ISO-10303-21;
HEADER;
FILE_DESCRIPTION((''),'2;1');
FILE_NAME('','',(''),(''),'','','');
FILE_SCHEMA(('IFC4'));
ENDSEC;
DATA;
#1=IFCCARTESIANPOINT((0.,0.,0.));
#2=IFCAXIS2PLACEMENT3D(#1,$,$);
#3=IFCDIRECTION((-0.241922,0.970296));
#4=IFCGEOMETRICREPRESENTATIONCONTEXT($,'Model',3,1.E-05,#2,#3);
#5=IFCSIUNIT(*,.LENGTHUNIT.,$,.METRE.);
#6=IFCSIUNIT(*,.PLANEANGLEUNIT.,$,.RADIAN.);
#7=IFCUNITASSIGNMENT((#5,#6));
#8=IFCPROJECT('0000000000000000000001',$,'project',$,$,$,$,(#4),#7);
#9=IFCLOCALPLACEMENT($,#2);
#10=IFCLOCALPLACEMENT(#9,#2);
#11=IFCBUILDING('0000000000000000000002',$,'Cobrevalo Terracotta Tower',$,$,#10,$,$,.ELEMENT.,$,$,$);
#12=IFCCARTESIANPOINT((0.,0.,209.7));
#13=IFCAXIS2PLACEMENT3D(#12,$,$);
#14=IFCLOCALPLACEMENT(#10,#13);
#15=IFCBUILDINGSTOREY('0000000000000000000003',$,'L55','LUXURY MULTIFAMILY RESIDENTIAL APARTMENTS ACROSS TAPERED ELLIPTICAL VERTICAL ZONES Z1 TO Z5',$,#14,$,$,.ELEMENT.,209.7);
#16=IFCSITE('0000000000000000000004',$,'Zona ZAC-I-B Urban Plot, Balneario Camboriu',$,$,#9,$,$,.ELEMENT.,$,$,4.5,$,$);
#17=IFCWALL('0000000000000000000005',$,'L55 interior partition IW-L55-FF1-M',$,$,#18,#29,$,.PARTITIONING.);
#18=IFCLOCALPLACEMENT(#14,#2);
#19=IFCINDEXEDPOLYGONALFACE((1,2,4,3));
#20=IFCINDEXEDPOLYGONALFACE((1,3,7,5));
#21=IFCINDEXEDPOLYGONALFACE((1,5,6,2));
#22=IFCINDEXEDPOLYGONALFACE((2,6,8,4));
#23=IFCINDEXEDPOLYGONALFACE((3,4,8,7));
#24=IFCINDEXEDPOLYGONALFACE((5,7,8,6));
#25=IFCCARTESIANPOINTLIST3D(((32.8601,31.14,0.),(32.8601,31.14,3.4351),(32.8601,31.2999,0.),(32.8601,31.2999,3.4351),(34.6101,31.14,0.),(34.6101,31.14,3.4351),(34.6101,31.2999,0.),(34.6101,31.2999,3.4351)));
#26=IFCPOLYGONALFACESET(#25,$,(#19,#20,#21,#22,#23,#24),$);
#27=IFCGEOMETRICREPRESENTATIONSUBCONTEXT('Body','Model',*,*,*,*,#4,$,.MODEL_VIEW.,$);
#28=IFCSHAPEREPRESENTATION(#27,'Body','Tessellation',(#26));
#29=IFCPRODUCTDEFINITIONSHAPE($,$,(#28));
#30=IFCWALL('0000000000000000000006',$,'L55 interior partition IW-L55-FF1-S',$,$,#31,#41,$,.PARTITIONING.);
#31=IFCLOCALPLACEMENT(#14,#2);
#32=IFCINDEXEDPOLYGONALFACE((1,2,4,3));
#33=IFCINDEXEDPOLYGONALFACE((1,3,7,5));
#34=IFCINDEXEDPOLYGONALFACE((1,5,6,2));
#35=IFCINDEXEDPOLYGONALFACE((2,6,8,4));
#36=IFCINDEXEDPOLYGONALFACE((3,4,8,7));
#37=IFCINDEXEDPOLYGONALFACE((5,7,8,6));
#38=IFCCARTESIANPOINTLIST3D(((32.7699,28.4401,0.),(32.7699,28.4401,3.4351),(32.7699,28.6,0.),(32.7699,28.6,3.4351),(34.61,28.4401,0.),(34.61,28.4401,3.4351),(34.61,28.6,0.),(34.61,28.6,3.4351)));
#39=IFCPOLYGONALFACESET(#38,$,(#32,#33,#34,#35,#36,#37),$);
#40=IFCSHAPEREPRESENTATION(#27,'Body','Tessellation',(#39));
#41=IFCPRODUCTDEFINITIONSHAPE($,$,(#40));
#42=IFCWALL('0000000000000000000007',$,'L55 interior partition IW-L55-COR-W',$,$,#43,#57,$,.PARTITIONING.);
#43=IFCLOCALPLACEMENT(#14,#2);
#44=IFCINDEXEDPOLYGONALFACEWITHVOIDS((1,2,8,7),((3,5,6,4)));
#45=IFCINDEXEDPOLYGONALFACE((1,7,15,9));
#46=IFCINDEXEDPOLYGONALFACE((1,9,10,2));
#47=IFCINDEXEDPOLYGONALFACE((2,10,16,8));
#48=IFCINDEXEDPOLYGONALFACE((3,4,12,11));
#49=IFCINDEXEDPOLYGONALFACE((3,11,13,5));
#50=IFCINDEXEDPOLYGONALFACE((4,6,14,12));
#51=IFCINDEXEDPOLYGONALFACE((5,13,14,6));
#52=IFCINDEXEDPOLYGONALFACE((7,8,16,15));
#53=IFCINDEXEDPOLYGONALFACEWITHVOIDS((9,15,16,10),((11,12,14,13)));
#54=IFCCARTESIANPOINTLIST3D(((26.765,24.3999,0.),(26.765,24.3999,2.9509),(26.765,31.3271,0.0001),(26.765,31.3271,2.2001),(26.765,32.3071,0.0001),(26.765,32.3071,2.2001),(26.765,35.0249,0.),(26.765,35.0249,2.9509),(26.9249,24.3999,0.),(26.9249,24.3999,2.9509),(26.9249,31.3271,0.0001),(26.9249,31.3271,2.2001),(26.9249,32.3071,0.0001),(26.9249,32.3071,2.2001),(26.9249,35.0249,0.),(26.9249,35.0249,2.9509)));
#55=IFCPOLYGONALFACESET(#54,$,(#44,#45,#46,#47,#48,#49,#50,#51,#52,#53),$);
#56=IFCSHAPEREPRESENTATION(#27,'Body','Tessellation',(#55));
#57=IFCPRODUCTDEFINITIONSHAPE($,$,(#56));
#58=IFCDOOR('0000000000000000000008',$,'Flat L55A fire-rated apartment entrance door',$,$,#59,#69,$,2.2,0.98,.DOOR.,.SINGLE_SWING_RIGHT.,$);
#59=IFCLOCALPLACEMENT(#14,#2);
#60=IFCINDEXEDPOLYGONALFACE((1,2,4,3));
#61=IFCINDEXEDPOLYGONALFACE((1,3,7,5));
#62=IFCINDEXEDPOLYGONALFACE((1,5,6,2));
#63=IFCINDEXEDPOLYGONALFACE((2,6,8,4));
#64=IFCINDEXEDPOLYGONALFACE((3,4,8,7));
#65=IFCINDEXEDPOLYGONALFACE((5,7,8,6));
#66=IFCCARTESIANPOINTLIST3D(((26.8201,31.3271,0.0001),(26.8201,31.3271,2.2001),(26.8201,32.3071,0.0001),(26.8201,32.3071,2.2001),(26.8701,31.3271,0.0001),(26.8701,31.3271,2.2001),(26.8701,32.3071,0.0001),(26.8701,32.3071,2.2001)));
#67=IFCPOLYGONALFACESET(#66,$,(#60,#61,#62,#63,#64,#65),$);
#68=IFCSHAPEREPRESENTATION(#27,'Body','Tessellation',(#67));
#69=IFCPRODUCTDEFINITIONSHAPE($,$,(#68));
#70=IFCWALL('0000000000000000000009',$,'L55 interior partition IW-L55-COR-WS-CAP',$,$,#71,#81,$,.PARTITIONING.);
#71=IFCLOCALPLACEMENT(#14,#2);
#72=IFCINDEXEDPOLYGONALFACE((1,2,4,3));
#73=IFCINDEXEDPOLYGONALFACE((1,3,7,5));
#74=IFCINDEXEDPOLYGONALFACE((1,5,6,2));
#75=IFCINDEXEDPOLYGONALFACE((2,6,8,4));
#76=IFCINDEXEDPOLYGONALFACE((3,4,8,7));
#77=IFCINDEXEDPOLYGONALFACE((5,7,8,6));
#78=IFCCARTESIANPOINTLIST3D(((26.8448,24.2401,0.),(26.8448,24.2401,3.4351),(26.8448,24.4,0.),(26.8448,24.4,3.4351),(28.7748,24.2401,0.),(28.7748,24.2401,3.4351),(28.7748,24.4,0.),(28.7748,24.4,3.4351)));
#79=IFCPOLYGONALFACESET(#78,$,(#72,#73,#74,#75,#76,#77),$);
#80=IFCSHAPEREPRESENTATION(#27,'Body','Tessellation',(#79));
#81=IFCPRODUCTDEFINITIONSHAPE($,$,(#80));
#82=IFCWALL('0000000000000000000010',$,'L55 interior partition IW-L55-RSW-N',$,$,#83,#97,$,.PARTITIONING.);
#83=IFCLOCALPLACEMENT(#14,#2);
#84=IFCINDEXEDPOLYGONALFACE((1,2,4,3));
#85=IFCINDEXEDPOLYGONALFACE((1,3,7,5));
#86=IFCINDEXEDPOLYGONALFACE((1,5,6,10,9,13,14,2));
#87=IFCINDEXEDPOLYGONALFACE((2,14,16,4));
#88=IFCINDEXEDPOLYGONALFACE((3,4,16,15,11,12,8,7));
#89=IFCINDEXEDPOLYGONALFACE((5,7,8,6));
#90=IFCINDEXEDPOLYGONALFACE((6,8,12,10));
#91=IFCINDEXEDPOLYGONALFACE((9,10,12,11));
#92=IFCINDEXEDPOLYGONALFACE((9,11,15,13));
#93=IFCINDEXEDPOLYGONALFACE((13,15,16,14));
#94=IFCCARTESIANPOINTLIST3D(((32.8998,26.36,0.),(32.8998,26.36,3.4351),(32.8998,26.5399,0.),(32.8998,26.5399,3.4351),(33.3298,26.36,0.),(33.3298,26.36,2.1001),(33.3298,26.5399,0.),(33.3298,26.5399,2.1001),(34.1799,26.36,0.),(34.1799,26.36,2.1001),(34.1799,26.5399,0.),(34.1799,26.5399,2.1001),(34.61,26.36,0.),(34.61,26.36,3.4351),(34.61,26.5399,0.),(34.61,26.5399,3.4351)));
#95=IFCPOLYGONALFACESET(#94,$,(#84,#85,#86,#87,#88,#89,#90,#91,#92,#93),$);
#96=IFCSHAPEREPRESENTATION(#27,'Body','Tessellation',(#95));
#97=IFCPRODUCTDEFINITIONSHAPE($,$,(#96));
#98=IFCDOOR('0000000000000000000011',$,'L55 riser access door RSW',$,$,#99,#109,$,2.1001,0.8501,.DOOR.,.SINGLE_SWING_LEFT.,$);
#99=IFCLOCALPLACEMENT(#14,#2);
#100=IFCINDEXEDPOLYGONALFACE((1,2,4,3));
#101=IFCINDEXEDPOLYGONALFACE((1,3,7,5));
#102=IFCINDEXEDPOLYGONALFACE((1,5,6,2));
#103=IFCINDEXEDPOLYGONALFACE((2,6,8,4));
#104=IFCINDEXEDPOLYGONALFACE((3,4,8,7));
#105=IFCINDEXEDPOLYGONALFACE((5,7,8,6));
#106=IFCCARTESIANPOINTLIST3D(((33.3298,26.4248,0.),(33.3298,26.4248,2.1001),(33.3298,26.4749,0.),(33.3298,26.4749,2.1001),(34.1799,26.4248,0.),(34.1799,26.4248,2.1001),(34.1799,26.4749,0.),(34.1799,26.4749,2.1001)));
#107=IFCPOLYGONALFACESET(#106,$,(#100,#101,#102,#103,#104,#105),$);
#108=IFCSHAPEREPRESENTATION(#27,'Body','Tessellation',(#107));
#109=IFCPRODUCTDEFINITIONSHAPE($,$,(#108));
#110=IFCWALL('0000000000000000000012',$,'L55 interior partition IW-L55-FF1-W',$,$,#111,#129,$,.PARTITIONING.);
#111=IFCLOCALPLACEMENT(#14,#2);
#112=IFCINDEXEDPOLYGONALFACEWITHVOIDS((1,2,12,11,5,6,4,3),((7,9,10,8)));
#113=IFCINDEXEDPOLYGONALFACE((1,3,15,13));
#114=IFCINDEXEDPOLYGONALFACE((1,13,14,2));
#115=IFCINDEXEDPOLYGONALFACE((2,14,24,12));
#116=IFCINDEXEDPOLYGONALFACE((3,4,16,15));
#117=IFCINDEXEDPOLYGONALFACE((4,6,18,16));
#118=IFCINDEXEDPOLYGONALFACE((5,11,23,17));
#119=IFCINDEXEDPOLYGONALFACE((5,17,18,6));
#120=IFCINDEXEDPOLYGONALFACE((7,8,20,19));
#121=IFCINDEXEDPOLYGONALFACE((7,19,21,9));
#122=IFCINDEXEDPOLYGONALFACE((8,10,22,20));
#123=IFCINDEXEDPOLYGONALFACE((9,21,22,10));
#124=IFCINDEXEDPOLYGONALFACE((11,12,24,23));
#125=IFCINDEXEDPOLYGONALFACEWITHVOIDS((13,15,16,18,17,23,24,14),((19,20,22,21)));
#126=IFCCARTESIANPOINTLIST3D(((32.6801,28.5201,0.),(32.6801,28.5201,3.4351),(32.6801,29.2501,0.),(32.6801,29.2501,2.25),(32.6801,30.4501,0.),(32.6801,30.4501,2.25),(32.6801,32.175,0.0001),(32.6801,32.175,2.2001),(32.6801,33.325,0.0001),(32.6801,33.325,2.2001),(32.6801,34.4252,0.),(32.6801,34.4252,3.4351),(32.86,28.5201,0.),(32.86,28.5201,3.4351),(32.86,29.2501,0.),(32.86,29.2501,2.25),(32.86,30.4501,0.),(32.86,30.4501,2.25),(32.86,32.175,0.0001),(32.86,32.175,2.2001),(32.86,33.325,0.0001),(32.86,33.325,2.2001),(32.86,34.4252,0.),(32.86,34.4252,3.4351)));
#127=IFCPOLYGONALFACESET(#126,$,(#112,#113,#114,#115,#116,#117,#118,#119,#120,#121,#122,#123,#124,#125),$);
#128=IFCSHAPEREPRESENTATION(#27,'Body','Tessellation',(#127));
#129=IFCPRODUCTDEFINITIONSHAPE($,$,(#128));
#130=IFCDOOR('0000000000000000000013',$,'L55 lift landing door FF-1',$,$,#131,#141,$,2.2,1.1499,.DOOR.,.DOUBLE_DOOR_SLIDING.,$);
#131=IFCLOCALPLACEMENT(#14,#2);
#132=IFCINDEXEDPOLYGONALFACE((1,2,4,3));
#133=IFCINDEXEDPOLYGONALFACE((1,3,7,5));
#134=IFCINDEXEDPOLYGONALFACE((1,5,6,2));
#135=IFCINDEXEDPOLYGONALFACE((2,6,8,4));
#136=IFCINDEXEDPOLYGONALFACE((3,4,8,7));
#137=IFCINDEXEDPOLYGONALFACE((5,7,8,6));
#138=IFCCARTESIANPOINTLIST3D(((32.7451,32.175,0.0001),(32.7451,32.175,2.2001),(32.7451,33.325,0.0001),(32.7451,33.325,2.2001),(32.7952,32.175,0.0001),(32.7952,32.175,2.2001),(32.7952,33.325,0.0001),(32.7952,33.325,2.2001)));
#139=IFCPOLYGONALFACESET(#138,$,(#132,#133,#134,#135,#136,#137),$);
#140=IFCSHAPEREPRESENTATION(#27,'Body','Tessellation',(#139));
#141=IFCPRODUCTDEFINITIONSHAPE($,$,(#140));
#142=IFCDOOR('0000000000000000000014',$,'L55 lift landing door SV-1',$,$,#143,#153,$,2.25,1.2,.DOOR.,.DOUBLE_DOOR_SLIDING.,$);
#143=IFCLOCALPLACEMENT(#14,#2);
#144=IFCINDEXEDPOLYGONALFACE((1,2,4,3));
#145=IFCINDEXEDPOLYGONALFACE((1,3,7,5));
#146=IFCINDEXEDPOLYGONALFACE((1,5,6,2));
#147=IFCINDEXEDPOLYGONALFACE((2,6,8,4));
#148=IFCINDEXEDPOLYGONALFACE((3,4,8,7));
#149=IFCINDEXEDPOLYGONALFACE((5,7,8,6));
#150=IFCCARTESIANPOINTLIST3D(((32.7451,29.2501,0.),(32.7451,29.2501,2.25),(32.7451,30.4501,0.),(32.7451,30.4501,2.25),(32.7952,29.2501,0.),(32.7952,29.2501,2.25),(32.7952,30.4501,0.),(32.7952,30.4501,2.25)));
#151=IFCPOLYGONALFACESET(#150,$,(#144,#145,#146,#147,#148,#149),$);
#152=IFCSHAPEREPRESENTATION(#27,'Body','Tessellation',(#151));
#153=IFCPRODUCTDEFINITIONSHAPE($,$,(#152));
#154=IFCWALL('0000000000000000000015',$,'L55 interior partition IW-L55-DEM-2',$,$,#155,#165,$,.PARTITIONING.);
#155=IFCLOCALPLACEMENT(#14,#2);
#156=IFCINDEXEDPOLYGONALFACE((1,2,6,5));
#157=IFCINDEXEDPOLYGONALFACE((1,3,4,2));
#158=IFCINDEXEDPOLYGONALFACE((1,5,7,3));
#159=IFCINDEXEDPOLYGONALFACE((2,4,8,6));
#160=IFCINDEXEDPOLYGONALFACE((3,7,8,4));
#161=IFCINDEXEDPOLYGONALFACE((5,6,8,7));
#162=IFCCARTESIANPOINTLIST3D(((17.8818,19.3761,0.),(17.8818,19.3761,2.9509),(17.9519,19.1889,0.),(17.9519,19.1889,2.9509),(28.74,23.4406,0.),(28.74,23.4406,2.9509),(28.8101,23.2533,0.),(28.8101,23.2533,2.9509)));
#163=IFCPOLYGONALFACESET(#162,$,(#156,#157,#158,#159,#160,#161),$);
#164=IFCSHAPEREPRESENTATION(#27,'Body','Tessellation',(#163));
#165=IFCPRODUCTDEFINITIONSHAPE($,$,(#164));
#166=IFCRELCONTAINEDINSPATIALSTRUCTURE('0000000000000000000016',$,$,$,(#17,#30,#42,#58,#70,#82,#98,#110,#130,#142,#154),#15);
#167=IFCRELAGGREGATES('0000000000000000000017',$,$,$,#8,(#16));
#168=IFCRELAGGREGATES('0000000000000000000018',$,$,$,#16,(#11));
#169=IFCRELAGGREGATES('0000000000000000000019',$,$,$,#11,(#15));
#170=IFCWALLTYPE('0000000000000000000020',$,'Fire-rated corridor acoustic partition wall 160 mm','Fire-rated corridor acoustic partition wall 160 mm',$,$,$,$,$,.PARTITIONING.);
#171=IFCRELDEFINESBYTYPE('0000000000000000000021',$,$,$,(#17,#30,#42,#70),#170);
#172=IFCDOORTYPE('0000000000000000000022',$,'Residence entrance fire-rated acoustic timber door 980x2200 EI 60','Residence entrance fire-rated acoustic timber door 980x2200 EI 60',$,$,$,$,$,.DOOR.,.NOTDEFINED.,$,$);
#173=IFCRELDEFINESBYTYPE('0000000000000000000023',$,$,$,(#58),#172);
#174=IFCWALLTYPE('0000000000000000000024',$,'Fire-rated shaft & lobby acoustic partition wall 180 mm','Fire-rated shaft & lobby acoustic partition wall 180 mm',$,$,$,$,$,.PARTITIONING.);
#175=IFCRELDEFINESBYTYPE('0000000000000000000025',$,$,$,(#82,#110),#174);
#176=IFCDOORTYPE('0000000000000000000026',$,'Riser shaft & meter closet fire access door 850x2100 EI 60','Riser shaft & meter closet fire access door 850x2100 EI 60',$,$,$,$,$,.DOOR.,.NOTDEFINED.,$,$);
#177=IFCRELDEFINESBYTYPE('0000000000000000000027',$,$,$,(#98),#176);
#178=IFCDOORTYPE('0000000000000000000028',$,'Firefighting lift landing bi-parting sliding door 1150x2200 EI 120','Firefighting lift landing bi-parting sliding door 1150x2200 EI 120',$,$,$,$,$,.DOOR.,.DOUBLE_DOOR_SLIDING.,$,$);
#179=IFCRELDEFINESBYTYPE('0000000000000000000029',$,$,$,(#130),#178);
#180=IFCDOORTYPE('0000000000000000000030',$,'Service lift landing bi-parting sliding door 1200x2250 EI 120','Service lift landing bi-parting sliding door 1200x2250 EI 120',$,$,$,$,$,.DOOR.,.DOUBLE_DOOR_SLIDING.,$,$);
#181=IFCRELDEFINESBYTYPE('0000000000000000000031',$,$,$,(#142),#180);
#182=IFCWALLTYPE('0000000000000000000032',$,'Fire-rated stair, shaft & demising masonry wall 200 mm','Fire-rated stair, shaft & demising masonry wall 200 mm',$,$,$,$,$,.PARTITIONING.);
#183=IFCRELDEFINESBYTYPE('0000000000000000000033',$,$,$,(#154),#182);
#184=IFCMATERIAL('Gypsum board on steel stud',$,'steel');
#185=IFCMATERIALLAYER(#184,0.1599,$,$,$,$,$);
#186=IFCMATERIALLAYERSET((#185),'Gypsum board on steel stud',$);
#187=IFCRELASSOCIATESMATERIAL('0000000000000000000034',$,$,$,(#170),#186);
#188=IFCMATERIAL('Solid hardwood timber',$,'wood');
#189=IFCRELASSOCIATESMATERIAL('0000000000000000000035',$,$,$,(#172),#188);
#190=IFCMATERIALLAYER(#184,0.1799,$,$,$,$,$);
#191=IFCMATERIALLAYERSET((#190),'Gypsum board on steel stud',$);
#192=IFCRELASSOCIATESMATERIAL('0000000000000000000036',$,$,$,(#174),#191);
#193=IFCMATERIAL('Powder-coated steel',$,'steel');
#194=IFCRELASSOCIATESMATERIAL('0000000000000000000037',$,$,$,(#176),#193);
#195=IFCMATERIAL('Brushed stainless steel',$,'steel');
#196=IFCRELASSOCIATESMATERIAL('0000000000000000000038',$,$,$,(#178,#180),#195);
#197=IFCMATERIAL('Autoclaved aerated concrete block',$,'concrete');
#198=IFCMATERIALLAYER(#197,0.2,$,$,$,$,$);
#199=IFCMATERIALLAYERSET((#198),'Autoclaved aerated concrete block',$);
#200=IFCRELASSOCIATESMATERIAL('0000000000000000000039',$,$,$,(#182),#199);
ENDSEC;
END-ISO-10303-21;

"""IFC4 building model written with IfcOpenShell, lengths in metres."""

from ifc_helpers import new_model, si_unit, direction, frame, frame_2d, origin, place, context, subcontext, project, spatial, rectangle, extrude, source, transform, mapped, material, layer, layer_set, type_object, element, fill, save


model = new_model("IFC4")

# Units and contexts
model_context = context("Model", 3, precision=1e-05, world=origin(), true_north=direction((-0.241922, 0.970296)))
body_context = subcontext(model_context, "Body", "Model", "MODEL_VIEW")
ifc_project = project(units=[si_unit("LENGTHUNIT", "METRE"), si_unit("PLANEANGLEUNIT", "RADIAN")], contexts=[model_context])

# Site, building, storey
site_placement = place(None, origin())
site = spatial("IfcSite", under=ifc_project, at=site_placement, Name="Zona ZAC-I-B Urban Plot, Balneario Camboriu", CompositionType="ELEMENT", RefElevation=4.5)
building_placement = place(site_placement, origin())
building = spatial("IfcBuilding", under=site, at=building_placement, Name="Cobrevalo Terracotta Tower", CompositionType="ELEMENT")
storey_placement = place(building_placement, frame((0.0, 0.0, 209.7)))
storey = spatial("IfcBuildingStorey", under=building, at=storey_placement, Name="L55", Description="LUXURY MULTIFAMILY RESIDENTIAL APARTMENTS ACROSS TAPERED ELLIPTICAL VERTICAL ZONES Z1 TO Z5", CompositionType="ELEMENT", Elevation=209.7)

# Walls
ifc_material_1 = material(Name="Gypsum board on steel stud", Category="steel")
ifc_layer_1 = layer(ifc_material_1, 0.1599)
ifc_layer_set_1 = layer_set([ifc_layer_1], Name="Gypsum board on steel stud")
wall_type_1 = type_object("IfcWallType", Name="Fire-rated corridor acoustic partition wall 160 mm", Description="Fire-rated corridor acoustic partition wall 160 mm", PredefinedType="PARTITIONING", material=ifc_layer_set_1)
wall_1_placement = place(storey_placement, frame((32.8601, 31.22, 0.0), z_axis=(0.0, 0.0, 1.0), x_axis=(1.0, 0.0, 0.0)))
element("IfcWall", 1, at=wall_1_placement, inside=storey, type_object=wall_type_1, Name="L55 interior partition IW-L55-FF1-M", PredefinedType="PARTITIONING", context=body_context, shape_type="SweptSolid", body=[
    extrude(rectangle(XDim=1.75, YDim=0.1599, at=frame_2d((0.875, 0.0))), origin(), (0.0, 0.0, 1.0), 3.4351),
])
wall_2_placement = place(storey_placement, frame((32.77, 28.52, 0.0), z_axis=(0.0, 0.0, 1.0), x_axis=(1.0, 0.0, 0.0)))
element("IfcWall", 2, at=wall_2_placement, inside=storey, type_object=wall_type_1, Name="L55 interior partition IW-L55-FF1-S", PredefinedType="PARTITIONING", context=body_context, shape_type="SweptSolid", body=[
    extrude(rectangle(XDim=1.8401, YDim=0.1599, at=frame_2d((0.9199, 0.0))), origin(), (0.0, 0.0, 1.0), 3.4351),
])

# Wall, opening, door
wall_3_placement = place(storey_placement, frame((26.845, 24.3999, 0.0), z_axis=(0.0, 0.0, 1.0), x_axis=(0.0, 1.0, 0.0)))
wall_3 = element("IfcWall", 3, at=wall_3_placement, inside=storey, type_object=wall_type_1, Name="L55 interior partition IW-L55-COR-W", PredefinedType="PARTITIONING", context=body_context, shape_type="SweptSolid", body=[
    extrude(rectangle(XDim=10.625, YDim=0.1599, at=frame_2d((5.3125, 0.0))), origin(), (0.0, 0.0, 1.0), 2.9509),
])
opening_1_placement = place(wall_3_placement, frame((6.9272, 0.0, 0.0)))
opening_1 = element("IfcOpeningElement", 4, at=opening_1_placement, cuts=wall_3, PredefinedType="OPENING", context=body_context, shape_type="SweptSolid", body=[
    extrude(rectangle(XDim=0.98, YDim=2.2, at=frame_2d((0.49, 1.1001))), frame((0.0, 0.0898, 0.0), z_axis=(0.0, -1.0, 0.0), x_axis=(1.0, 0.0, 0.0)), (0.0, 0.0, 1.0), 0.1799),
])
ifc_material_2 = material(Name="Solid hardwood timber", Category="wood")
door_type_1 = type_object("IfcDoorType", Name="Residence entrance fire-rated acoustic timber door 980x2200 EI 60", Description="Residence entrance fire-rated acoustic timber door 980x2200 EI 60", OperationType="NOTDEFINED", PredefinedType="DOOR", material=ifc_material_2)
shared_shape_1 = source(origin(), body_context, "Body", "SweptSolid", [
    extrude(rectangle(XDim=0.98, YDim=2.2, at=frame_2d((0.49, 1.1001))), frame((0.0, 0.0249, 0.0), z_axis=(0.0, -1.0, 0.0), x_axis=(1.0, 0.0, 0.0)), (0.0, 0.0, 1.0), 0.05),
])
door_1_placement = place(opening_1_placement, origin())
door_1 = element("IfcDoor", 5, at=door_1_placement, inside=storey, type_object=door_type_1, Name="Flat L55A fire-rated apartment entrance door", OperationType="SINGLE_SWING_RIGHT", OverallHeight=2.2, OverallWidth=0.98, PredefinedType="DOOR", context=body_context, shape_type="MappedRepresentation", body=[
    mapped(shared_shape_1, transform((0.0, 0.0, 0.0), scale=1.0)),
])
fill(opening_1, door_1)

# Wall
wall_4_placement = place(storey_placement, frame((26.845, 24.3201, 0.0), z_axis=(0.0, 0.0, 1.0), x_axis=(1.0, 0.0, 0.0)))
element("IfcWall", 6, at=wall_4_placement, inside=storey, type_object=wall_type_1, Name="L55 interior partition IW-L55-COR-WS-CAP", PredefinedType="PARTITIONING", context=body_context, shape_type="SweptSolid", body=[
    extrude(rectangle(XDim=1.9299, YDim=0.1599, at=frame_2d((0.9648, 0.0))), origin(), (0.0, 0.0, 1.0), 3.4351),
])

# Wall, opening, door
ifc_layer_2 = layer(ifc_material_1, 0.1799)
ifc_layer_set_2 = layer_set([ifc_layer_2], Name="Gypsum board on steel stud")
wall_type_2 = type_object("IfcWallType", Name="Fire-rated shaft & lobby acoustic partition wall 180 mm", Description="Fire-rated shaft & lobby acoustic partition wall 180 mm", PredefinedType="PARTITIONING", material=ifc_layer_set_2)
wall_5_placement = place(storey_placement, frame((32.8999, 26.45, 0.0), z_axis=(0.0, 0.0, 1.0), x_axis=(1.0, 0.0, 0.0)))
wall_5 = element("IfcWall", 7, at=wall_5_placement, inside=storey, type_object=wall_type_2, Name="L55 interior partition IW-L55-RSW-N", PredefinedType="PARTITIONING", context=body_context, shape_type="SweptSolid", body=[
    extrude(rectangle(XDim=1.7102, YDim=0.1799, at=frame_2d((0.855, 0.0))), origin(), (0.0, 0.0, 1.0), 3.4351),
])
opening_2_placement = place(wall_5_placement, frame((0.4299, 0.0, 0.0)))
opening_2 = element("IfcOpeningElement", 8, at=opening_2_placement, cuts=wall_5, PredefinedType="OPENING", context=body_context, shape_type="SweptSolid", body=[
    extrude(rectangle(XDim=0.8501, YDim=2.1001, at=frame_2d((0.425, 1.05))), frame((0.0, 0.1001, 0.0), z_axis=(0.0, -1.0, 0.0), x_axis=(1.0, 0.0, 0.0)), (0.0, 0.0, 1.0), 0.2),
])
ifc_material_3 = material(Name="Powder-coated steel", Category="steel")
door_type_2 = type_object("IfcDoorType", Name="Riser shaft & meter closet fire access door 850x2100 EI 60", Description="Riser shaft & meter closet fire access door 850x2100 EI 60", OperationType="NOTDEFINED", PredefinedType="DOOR", material=ifc_material_3)
shared_shape_2 = source(origin(), body_context, "Body", "SweptSolid", [
    extrude(rectangle(XDim=0.8501, YDim=2.1001, at=frame_2d((0.425, 1.05))), frame((0.0, 0.0249, 0.0), z_axis=(0.0, -1.0, 0.0), x_axis=(1.0, 0.0, 0.0)), (0.0, 0.0, 1.0), 0.05),
])
door_2_placement = place(opening_2_placement, origin())
door_2 = element("IfcDoor", 9, at=door_2_placement, inside=storey, type_object=door_type_2, Name="L55 riser access door RSW", OperationType="SINGLE_SWING_LEFT", OverallHeight=2.1001, OverallWidth=0.8501, PredefinedType="DOOR", context=body_context, shape_type="MappedRepresentation", body=[
    mapped(shared_shape_2, transform((0.0, 0.0, 0.0), scale=1.0)),
])
fill(opening_2, door_2)

# Wall, openings, doors
wall_6_placement = place(storey_placement, frame((32.77, 28.52, 0.0), z_axis=(0.0, 0.0, 1.0), x_axis=(0.0, 1.0, 0.0)))
wall_6 = element("IfcWall", 10, at=wall_6_placement, inside=storey, type_object=wall_type_2, Name="L55 interior partition IW-L55-FF1-W", PredefinedType="PARTITIONING", context=body_context, shape_type="SweptSolid", body=[
    extrude(rectangle(XDim=5.905, YDim=0.1799, at=frame_2d((2.9526, 0.0))), origin(), (0.0, 0.0, 1.0), 3.4351),
])
opening_3_placement = place(wall_6_placement, frame((3.655, 0.0, 0.0)))
opening_3 = element("IfcOpeningElement", 11, at=opening_3_placement, cuts=wall_6, PredefinedType="OPENING", context=body_context, shape_type="SweptSolid", body=[
    extrude(rectangle(XDim=1.1499, YDim=2.2, at=frame_2d((0.575, 1.1001))), frame((0.0, 0.1001, 0.0), z_axis=(0.0, -1.0, 0.0), x_axis=(1.0, 0.0, 0.0)), (0.0, 0.0, 1.0), 0.2),
])
opening_4_placement = place(wall_6_placement, frame((0.73, 0.0, 0.0)))
opening_4 = element("IfcOpeningElement", 12, at=opening_4_placement, cuts=wall_6, PredefinedType="OPENING", context=body_context, shape_type="SweptSolid", body=[
    extrude(rectangle(XDim=1.2, YDim=2.25, at=frame_2d((0.6001, 1.125))), frame((0.0, 0.1001, 0.0), z_axis=(0.0, -1.0, 0.0), x_axis=(1.0, 0.0, 0.0)), (0.0, 0.0, 1.0), 0.2),
])
ifc_material_4 = material(Name="Brushed stainless steel", Category="steel")
door_type_3 = type_object("IfcDoorType", Name="Firefighting lift landing bi-parting sliding door 1150x2200 EI 120", Description="Firefighting lift landing bi-parting sliding door 1150x2200 EI 120", OperationType="DOUBLE_DOOR_SLIDING", PredefinedType="DOOR", material=ifc_material_4)
shared_shape_3 = source(origin(), body_context, "Body", "SweptSolid", [
    extrude(rectangle(XDim=1.1499, YDim=2.2, at=frame_2d((0.575, 1.1001))), frame((0.0, 0.0249, 0.0), z_axis=(0.0, -1.0, 0.0), x_axis=(1.0, 0.0, 0.0)), (0.0, 0.0, 1.0), 0.05),
])
door_3_placement = place(opening_3_placement, origin())
door_3 = element("IfcDoor", 13, at=door_3_placement, inside=storey, type_object=door_type_3, Name="L55 lift landing door FF-1", OperationType="DOUBLE_DOOR_SLIDING", OverallHeight=2.2, OverallWidth=1.1499, PredefinedType="DOOR", context=body_context, shape_type="MappedRepresentation", body=[
    mapped(shared_shape_3, transform((0.0, 0.0, 0.0), scale=1.0)),
])
fill(opening_3, door_3)
door_type_4 = type_object("IfcDoorType", Name="Service lift landing bi-parting sliding door 1200x2250 EI 120", Description="Service lift landing bi-parting sliding door 1200x2250 EI 120", OperationType="DOUBLE_DOOR_SLIDING", PredefinedType="DOOR", material=ifc_material_4)
shared_shape_4 = source(origin(), body_context, "Body", "SweptSolid", [
    extrude(rectangle(XDim=1.2, YDim=2.25, at=frame_2d((0.6001, 1.125))), frame((0.0, 0.0249, 0.0), z_axis=(0.0, -1.0, 0.0), x_axis=(1.0, 0.0, 0.0)), (0.0, 0.0, 1.0), 0.05),
])
door_4_placement = place(opening_4_placement, origin())
door_4 = element("IfcDoor", 14, at=door_4_placement, inside=storey, type_object=door_type_4, Name="L55 lift landing door SV-1", OperationType="DOUBLE_DOOR_SLIDING", OverallHeight=2.25, OverallWidth=1.2, PredefinedType="DOOR", context=body_context, shape_type="MappedRepresentation", body=[
    mapped(shared_shape_4, transform((0.0, 0.0, 0.0), scale=1.0)),
])
fill(opening_4, door_4)

# Wall
ifc_material_5 = material(Name="Autoclaved aerated concrete block", Category="concrete")
ifc_layer_3 = layer(ifc_material_5, 0.2)
ifc_layer_set_3 = layer_set([ifc_layer_3], Name="Autoclaved aerated concrete block")
wall_type_3 = type_object("IfcWallType", Name="Fire-rated stair, shaft & demising masonry wall 200 mm", Description="Fire-rated stair, shaft & demising masonry wall 200 mm", PredefinedType="PARTITIONING", material=ifc_layer_set_3)
wall_7_placement = place(storey_placement, frame((28.7749, 23.3469, 0.0), z_axis=(0.0, 0.0, 1.0), x_axis=(-0.936538, -0.350567, 0.0)))
element("IfcWall", 15, at=wall_7_placement, inside=storey, type_object=wall_type_3, Name="L55 interior partition IW-L55-DEM-2", PredefinedType="PARTITIONING", context=body_context, shape_type="SweptSolid", body=[
    extrude(rectangle(XDim=11.594, YDim=0.2, at=frame_2d((5.7969, 0.0))), origin(), (0.0, 0.0, 1.0), 2.9509),
])

save(model, "model.ifc")
